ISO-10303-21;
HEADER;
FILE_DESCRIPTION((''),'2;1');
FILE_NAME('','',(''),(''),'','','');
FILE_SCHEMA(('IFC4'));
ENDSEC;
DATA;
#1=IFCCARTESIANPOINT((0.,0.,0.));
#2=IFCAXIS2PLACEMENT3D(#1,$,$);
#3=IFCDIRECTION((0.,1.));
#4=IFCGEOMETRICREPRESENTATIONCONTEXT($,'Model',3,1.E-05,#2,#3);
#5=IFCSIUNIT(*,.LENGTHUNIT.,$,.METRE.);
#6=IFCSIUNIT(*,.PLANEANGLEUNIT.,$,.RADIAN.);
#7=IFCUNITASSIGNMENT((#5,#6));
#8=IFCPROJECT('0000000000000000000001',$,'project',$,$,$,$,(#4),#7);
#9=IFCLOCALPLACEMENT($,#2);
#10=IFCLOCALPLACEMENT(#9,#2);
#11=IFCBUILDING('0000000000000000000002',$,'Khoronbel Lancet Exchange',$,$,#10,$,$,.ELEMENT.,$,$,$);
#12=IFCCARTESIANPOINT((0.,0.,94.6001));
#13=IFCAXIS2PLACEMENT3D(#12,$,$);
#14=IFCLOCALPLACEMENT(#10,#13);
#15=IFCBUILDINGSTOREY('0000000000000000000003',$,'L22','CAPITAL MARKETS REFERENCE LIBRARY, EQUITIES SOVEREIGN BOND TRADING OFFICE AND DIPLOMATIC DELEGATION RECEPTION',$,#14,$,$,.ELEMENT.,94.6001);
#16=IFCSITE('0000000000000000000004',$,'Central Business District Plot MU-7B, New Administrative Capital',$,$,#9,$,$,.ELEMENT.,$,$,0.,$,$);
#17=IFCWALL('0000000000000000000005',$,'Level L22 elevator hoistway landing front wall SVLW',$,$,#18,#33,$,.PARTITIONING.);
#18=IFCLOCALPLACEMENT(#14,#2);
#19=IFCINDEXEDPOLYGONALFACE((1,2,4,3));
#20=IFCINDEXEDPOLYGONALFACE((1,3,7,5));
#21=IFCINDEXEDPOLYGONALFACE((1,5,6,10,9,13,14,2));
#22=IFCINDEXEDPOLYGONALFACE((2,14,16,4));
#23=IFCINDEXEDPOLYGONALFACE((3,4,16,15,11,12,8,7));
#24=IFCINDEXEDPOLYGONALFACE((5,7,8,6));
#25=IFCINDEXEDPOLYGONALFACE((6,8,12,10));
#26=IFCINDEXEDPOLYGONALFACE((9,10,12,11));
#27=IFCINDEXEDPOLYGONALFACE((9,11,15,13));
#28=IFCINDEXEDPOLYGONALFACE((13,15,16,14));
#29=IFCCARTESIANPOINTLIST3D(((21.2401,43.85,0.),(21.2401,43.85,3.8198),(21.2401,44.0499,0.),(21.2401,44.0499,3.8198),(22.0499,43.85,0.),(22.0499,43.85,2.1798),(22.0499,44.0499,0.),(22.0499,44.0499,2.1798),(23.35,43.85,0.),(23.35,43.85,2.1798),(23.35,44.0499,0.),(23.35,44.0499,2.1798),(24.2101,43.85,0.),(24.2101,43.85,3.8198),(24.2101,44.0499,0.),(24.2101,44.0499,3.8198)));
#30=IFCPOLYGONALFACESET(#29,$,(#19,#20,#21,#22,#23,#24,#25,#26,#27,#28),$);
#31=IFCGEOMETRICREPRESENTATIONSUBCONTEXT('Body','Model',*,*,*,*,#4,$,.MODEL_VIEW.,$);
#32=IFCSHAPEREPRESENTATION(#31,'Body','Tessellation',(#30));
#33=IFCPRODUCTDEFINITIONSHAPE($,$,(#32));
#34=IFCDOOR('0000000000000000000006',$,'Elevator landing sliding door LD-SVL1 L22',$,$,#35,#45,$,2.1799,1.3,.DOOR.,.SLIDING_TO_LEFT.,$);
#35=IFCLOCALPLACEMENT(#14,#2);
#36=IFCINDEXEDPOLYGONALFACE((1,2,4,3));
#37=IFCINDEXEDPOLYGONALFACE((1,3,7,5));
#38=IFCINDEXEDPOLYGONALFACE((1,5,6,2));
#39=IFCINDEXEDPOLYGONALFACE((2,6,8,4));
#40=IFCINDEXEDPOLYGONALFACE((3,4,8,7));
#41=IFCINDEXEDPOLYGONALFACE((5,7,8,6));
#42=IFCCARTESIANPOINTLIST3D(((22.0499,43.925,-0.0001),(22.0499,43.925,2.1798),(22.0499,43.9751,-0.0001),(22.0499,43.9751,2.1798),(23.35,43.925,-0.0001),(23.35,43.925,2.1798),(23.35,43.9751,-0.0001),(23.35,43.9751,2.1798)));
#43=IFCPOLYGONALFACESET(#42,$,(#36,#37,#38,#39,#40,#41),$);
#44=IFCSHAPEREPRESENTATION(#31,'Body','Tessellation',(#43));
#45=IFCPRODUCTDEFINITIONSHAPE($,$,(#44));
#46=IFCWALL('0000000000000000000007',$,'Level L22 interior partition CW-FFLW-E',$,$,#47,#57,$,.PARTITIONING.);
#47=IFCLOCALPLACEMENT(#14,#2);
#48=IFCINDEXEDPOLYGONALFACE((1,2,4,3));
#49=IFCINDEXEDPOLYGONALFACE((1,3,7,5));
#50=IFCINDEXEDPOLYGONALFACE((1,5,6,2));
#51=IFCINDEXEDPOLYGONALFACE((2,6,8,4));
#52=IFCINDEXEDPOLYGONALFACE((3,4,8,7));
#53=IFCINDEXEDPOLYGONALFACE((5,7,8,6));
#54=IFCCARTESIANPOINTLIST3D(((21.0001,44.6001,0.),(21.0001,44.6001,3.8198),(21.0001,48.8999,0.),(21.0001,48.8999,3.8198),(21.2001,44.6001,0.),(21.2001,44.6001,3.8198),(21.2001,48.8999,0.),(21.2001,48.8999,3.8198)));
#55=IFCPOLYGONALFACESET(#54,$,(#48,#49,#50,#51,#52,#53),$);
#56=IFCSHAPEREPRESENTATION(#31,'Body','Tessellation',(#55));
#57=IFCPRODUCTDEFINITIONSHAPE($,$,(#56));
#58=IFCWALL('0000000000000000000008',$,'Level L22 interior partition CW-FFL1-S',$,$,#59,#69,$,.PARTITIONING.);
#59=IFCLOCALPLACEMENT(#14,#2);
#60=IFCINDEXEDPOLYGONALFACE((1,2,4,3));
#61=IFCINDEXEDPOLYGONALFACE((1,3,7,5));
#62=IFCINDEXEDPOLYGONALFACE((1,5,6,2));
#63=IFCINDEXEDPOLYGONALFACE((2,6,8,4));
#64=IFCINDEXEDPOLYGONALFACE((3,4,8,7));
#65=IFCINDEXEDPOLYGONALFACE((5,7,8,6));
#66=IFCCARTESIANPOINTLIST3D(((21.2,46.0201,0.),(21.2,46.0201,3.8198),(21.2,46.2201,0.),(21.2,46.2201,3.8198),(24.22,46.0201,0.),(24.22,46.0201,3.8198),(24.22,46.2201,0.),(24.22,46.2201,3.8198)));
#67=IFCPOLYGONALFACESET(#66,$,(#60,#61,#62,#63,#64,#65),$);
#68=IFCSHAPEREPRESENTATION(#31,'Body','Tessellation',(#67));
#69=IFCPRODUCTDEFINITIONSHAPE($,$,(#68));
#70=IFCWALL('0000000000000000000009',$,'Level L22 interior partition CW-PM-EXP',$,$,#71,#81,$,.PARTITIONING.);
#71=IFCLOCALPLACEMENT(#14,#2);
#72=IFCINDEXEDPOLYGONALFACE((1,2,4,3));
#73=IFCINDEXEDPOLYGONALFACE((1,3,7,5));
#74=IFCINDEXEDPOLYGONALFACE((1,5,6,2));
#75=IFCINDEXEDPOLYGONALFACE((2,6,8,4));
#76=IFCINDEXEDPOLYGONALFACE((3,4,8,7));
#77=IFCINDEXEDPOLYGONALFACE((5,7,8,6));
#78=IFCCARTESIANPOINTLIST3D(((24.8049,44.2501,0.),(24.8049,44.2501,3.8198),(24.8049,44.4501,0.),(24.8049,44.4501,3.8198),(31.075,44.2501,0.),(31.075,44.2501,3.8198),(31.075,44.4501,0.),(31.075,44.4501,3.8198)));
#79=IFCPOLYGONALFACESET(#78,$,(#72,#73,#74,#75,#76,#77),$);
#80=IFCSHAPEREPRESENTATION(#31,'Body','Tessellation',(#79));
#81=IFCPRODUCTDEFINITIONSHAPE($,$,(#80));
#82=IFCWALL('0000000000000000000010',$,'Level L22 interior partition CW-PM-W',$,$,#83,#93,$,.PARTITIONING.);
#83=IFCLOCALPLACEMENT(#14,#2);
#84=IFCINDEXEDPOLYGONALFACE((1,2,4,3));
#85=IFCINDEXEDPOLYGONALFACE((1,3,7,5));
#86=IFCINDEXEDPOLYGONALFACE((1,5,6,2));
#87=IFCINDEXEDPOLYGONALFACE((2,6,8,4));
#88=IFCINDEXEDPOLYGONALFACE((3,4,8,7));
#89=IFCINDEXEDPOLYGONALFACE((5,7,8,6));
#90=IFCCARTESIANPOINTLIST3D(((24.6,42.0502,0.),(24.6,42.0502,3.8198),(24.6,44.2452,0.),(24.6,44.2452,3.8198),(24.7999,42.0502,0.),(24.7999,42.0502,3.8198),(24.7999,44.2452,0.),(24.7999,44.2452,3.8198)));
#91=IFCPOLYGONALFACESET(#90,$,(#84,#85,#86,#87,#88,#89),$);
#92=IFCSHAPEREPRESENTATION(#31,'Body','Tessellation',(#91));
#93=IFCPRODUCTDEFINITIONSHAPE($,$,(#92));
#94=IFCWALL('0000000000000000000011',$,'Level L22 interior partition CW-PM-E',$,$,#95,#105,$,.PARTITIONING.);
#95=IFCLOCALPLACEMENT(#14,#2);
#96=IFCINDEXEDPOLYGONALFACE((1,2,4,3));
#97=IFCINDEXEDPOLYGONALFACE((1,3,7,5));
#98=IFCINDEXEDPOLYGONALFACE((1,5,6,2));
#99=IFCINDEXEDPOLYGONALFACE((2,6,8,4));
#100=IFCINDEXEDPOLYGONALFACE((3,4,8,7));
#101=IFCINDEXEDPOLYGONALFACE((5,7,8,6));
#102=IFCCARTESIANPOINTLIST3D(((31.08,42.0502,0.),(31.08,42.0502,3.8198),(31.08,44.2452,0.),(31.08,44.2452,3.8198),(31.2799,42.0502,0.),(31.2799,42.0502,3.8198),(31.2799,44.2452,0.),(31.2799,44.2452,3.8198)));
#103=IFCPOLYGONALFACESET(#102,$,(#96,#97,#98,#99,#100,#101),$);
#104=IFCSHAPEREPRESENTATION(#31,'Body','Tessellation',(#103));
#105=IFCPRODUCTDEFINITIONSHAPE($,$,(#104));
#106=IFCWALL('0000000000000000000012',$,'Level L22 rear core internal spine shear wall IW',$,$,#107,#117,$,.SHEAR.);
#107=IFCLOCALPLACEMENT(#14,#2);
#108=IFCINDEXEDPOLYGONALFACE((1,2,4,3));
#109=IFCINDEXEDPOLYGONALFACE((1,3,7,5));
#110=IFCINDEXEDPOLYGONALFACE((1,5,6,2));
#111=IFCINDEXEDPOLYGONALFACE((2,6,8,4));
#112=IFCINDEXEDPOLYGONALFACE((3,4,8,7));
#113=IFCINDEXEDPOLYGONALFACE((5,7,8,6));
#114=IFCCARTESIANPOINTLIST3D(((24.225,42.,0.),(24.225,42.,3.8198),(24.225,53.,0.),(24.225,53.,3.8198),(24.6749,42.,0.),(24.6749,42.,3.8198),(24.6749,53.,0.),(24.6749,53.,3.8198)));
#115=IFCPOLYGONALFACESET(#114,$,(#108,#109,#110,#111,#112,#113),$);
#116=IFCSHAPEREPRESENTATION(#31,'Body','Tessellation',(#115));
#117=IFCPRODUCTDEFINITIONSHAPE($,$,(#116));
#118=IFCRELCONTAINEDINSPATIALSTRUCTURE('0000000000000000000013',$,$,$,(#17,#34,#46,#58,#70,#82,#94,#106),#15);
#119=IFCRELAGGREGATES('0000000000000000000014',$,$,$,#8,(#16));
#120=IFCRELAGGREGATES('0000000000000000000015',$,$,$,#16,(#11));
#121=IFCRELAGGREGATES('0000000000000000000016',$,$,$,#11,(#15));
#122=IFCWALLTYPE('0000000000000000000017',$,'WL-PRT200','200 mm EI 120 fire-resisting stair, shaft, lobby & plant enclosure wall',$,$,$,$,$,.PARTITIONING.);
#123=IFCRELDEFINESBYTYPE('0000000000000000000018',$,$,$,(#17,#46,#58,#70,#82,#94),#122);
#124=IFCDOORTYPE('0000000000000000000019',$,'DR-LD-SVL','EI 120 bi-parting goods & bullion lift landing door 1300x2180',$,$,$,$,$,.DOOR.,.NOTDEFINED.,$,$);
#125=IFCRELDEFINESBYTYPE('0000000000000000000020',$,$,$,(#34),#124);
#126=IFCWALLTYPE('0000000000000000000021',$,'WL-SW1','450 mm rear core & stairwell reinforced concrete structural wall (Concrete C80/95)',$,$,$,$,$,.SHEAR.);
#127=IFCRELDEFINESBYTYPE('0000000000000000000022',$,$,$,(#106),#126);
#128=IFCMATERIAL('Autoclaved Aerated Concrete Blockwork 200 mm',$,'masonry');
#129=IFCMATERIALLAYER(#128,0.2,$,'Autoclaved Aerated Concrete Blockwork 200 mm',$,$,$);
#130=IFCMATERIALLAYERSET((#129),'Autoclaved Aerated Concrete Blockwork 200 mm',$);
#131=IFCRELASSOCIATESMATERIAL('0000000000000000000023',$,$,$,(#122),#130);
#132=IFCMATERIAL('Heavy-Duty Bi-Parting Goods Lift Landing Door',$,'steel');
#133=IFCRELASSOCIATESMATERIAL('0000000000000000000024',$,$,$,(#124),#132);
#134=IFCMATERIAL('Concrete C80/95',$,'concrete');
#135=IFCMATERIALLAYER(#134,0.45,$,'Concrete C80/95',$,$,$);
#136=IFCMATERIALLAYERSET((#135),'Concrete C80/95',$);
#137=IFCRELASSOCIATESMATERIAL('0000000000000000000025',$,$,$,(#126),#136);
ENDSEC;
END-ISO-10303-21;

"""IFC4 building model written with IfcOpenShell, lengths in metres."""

from ifc_helpers import new_model, si_unit, direction, frame, frame_2d, origin, place, context, subcontext, project, spatial, rectangle, extrude, material, layer, layer_set, type_object, element, fill, save


model = new_model("IFC4")

# Units and contexts
model_context = context("Model", 3, precision=1e-05, world=origin(), true_north=direction((0.0, 1.0)))
body_context = subcontext(model_context, "Body", "Model", "MODEL_VIEW")
ifc_project = project(units=[si_unit("LENGTHUNIT", "METRE"), si_unit("PLANEANGLEUNIT", "RADIAN")], contexts=[model_context])

# Site, building, storey
site_placement = place(None, origin())
site = spatial("IfcSite", under=ifc_project, at=site_placement, Name="Central Business District Plot MU-7B, New Administrative Capital", CompositionType="ELEMENT", RefElevation=0.0)
building_placement = place(site_placement, origin())
building = spatial("IfcBuilding", under=site, at=building_placement, Name="Khoronbel Lancet Exchange", CompositionType="ELEMENT")
storey_placement = place(building_placement, frame((0.0, 0.0, 94.6001)))
storey = spatial("IfcBuildingStorey", under=building, at=storey_placement, Name="L22", Description="CAPITAL MARKETS REFERENCE LIBRARY, EQUITIES SOVEREIGN BOND TRADING OFFICE AND DIPLOMATIC DELEGATION RECEPTION", CompositionType="ELEMENT", Elevation=94.6001)

# Shared definitions
ifc_material_1 = material(Name="Concrete C80/95", Category="concrete")

# Wall, opening, door
ifc_material_2 = material(Name="Autoclaved Aerated Concrete Blockwork 200 mm", Category="masonry")
ifc_layer_1 = layer(ifc_material_2, 0.2, Name="Autoclaved Aerated Concrete Blockwork 200 mm")
ifc_layer_set_1 = layer_set([ifc_layer_1], Name="Autoclaved Aerated Concrete Blockwork 200 mm")
wall_type_1 = type_object("IfcWallType", Name="WL-PRT200", Description="200 mm EI 120 fire-resisting stair, shaft, lobby & plant enclosure wall", PredefinedType="PARTITIONING", material=ifc_layer_set_1)
wall_1_placement = place(storey_placement, frame((24.21, 43.95, 0.0), z_axis=(0.0, 0.0, 1.0), x_axis=(-1.0, 0.0, 0.0)))
wall_1 = element("IfcWall", 1, at=wall_1_placement, inside=storey, type_object=wall_type_1, Name="Level L22 elevator hoistway landing front wall SVLW", PredefinedType="PARTITIONING", context=body_context, shape_type="SweptSolid", body=[
    extrude(rectangle(XDim=2.97, YDim=0.2, at=frame_2d((1.4849, 0.0))), origin(), (0.0, 0.0, 1.0), 3.8198),
])
opening_1_placement = place(wall_1_placement, frame((0.8601, 0.0, 0.0)))
opening_1 = element("IfcOpeningElement", 2, at=opening_1_placement, cuts=wall_1, PredefinedType="OPENING", context=body_context, shape_type="SweptSolid", body=[
    extrude(rectangle(XDim=1.3, YDim=2.1799, at=frame_2d((0.6499, 1.0898))), frame((0.0, 0.1099, 0.0), z_axis=(0.0, -1.0, 0.0), x_axis=(1.0, 0.0, 0.0)), (0.0, 0.0, 1.0), 0.22),
])
ifc_material_3 = material(Name="Heavy-Duty Bi-Parting Goods Lift Landing Door", Category="steel")
door_type_1 = type_object("IfcDoorType", Name="DR-LD-SVL", Description="EI 120 bi-parting goods & bullion lift landing door 1300x2180", OperationType="NOTDEFINED", PredefinedType="DOOR", material=ifc_material_3)
door_1_placement = place(opening_1_placement, origin())
door_1 = element("IfcDoor", 3, at=door_1_placement, inside=storey, type_object=door_type_1, Name="Elevator landing sliding door LD-SVL1 L22", OperationType="SLIDING_TO_LEFT", OverallHeight=2.1799, OverallWidth=1.3, PredefinedType="DOOR", context=body_context, shape_type="SweptSolid", body=[
    extrude(rectangle(XDim=1.3, YDim=2.1799, at=frame_2d((0.6499, 1.0898))), frame((0.0, 0.0249, 0.0), z_axis=(0.0, -1.0, 0.0), x_axis=(1.0, 0.0, 0.0)), (0.0, 0.0, 1.0), 0.05),
])
fill(opening_1, door_1)

# Walls
wall_2_placement = place(storey_placement, frame((21.1001, 44.6001, 0.0), z_axis=(0.0, 0.0, 1.0), x_axis=(0.0, 1.0, 0.0)))
element("IfcWall", 4, at=wall_2_placement, inside=storey, type_object=wall_type_1, Name="Level L22 interior partition CW-FFLW-E", PredefinedType="PARTITIONING", context=body_context, shape_type="SweptSolid", body=[
    extrude(rectangle(XDim=4.2998, YDim=0.2, at=frame_2d((2.1499, 0.0))), origin(), (0.0, 0.0, 1.0), 3.8198),
])
wall_3_placement = place(storey_placement, frame((21.2, 46.1201, 0.0), z_axis=(0.0, 0.0, 1.0), x_axis=(1.0, 0.0, 0.0)))
element("IfcWall", 5, at=wall_3_placement, inside=storey, type_object=wall_type_1, Name="Level L22 interior partition CW-FFL1-S", PredefinedType="PARTITIONING", context=body_context, shape_type="SweptSolid", body=[
    extrude(rectangle(XDim=3.02, YDim=0.2, at=frame_2d((1.51, 0.0))), origin(), (0.0, 0.0, 1.0), 3.8198),
])

# Walls
wall_4_placement = place(storey_placement, frame((24.8049, 44.3501, 0.0), z_axis=(0.0, 0.0, 1.0), x_axis=(1.0, 0.0, 0.0)))
element("IfcWall", 6, at=wall_4_placement, inside=storey, type_object=wall_type_1, Name="Level L22 interior partition CW-PM-EXP", PredefinedType="PARTITIONING", context=body_context, shape_type="SweptSolid", body=[
    extrude(rectangle(XDim=6.27, YDim=0.2, at=frame_2d((3.135, 0.0))), origin(), (0.0, 0.0, 1.0), 3.8198),
])
for number, where, z_axis, x_axis, name in (
    (7, (24.7, 42.05, 0.0), (0.0, 0.0, 1.0), (0.0, 1.0, 0.0), "Level L22 interior partition CW-PM-W"),
    (8, (31.1799, 42.05, 0.0), (0.0, 0.0, 1.0), (0.0, 1.0, 0.0), "Level L22 interior partition CW-PM-E"),
):
    element("IfcWall", number, at=place(storey_placement, frame(where, z_axis=z_axis, x_axis=x_axis)), inside=storey, type_object=wall_type_1, Name=name, PredefinedType="PARTITIONING", context=body_context, shape_type="SweptSolid", body=[
        extrude(rectangle(XDim=2.1951, YDim=0.2, at=frame_2d((1.0977, 0.0))), origin(), (0.0, 0.0, 1.0), 3.8198),
    ])
ifc_layer_2 = layer(ifc_material_1, 0.45, Name="Concrete C80/95")
ifc_layer_set_2 = layer_set([ifc_layer_2], Name="Concrete C80/95")
wall_type_2 = type_object("IfcWallType", Name="WL-SW1", Description="450 mm rear core & stairwell reinforced concrete structural wall (Concrete C80/95)", PredefinedType="SHEAR", material=ifc_layer_set_2)
wall_5_placement = place(storey_placement, frame((24.45, 42.0, 0.0), z_axis=(0.0, 0.0, 1.0), x_axis=(0.0, 1.0, 0.0)))
element("IfcWall", 9, at=wall_5_placement, inside=storey, type_object=wall_type_2, Name="Level L22 rear core internal spine shear wall IW", PredefinedType="SHEAR", context=body_context, shape_type="SweptSolid", body=[
    extrude(rectangle(XDim=11.0, YDim=0.45, at=frame_2d((5.5, 0.0))), origin(), (0.0, 0.0, 1.0), 3.8198),
])

save(model, "model.ifc")
